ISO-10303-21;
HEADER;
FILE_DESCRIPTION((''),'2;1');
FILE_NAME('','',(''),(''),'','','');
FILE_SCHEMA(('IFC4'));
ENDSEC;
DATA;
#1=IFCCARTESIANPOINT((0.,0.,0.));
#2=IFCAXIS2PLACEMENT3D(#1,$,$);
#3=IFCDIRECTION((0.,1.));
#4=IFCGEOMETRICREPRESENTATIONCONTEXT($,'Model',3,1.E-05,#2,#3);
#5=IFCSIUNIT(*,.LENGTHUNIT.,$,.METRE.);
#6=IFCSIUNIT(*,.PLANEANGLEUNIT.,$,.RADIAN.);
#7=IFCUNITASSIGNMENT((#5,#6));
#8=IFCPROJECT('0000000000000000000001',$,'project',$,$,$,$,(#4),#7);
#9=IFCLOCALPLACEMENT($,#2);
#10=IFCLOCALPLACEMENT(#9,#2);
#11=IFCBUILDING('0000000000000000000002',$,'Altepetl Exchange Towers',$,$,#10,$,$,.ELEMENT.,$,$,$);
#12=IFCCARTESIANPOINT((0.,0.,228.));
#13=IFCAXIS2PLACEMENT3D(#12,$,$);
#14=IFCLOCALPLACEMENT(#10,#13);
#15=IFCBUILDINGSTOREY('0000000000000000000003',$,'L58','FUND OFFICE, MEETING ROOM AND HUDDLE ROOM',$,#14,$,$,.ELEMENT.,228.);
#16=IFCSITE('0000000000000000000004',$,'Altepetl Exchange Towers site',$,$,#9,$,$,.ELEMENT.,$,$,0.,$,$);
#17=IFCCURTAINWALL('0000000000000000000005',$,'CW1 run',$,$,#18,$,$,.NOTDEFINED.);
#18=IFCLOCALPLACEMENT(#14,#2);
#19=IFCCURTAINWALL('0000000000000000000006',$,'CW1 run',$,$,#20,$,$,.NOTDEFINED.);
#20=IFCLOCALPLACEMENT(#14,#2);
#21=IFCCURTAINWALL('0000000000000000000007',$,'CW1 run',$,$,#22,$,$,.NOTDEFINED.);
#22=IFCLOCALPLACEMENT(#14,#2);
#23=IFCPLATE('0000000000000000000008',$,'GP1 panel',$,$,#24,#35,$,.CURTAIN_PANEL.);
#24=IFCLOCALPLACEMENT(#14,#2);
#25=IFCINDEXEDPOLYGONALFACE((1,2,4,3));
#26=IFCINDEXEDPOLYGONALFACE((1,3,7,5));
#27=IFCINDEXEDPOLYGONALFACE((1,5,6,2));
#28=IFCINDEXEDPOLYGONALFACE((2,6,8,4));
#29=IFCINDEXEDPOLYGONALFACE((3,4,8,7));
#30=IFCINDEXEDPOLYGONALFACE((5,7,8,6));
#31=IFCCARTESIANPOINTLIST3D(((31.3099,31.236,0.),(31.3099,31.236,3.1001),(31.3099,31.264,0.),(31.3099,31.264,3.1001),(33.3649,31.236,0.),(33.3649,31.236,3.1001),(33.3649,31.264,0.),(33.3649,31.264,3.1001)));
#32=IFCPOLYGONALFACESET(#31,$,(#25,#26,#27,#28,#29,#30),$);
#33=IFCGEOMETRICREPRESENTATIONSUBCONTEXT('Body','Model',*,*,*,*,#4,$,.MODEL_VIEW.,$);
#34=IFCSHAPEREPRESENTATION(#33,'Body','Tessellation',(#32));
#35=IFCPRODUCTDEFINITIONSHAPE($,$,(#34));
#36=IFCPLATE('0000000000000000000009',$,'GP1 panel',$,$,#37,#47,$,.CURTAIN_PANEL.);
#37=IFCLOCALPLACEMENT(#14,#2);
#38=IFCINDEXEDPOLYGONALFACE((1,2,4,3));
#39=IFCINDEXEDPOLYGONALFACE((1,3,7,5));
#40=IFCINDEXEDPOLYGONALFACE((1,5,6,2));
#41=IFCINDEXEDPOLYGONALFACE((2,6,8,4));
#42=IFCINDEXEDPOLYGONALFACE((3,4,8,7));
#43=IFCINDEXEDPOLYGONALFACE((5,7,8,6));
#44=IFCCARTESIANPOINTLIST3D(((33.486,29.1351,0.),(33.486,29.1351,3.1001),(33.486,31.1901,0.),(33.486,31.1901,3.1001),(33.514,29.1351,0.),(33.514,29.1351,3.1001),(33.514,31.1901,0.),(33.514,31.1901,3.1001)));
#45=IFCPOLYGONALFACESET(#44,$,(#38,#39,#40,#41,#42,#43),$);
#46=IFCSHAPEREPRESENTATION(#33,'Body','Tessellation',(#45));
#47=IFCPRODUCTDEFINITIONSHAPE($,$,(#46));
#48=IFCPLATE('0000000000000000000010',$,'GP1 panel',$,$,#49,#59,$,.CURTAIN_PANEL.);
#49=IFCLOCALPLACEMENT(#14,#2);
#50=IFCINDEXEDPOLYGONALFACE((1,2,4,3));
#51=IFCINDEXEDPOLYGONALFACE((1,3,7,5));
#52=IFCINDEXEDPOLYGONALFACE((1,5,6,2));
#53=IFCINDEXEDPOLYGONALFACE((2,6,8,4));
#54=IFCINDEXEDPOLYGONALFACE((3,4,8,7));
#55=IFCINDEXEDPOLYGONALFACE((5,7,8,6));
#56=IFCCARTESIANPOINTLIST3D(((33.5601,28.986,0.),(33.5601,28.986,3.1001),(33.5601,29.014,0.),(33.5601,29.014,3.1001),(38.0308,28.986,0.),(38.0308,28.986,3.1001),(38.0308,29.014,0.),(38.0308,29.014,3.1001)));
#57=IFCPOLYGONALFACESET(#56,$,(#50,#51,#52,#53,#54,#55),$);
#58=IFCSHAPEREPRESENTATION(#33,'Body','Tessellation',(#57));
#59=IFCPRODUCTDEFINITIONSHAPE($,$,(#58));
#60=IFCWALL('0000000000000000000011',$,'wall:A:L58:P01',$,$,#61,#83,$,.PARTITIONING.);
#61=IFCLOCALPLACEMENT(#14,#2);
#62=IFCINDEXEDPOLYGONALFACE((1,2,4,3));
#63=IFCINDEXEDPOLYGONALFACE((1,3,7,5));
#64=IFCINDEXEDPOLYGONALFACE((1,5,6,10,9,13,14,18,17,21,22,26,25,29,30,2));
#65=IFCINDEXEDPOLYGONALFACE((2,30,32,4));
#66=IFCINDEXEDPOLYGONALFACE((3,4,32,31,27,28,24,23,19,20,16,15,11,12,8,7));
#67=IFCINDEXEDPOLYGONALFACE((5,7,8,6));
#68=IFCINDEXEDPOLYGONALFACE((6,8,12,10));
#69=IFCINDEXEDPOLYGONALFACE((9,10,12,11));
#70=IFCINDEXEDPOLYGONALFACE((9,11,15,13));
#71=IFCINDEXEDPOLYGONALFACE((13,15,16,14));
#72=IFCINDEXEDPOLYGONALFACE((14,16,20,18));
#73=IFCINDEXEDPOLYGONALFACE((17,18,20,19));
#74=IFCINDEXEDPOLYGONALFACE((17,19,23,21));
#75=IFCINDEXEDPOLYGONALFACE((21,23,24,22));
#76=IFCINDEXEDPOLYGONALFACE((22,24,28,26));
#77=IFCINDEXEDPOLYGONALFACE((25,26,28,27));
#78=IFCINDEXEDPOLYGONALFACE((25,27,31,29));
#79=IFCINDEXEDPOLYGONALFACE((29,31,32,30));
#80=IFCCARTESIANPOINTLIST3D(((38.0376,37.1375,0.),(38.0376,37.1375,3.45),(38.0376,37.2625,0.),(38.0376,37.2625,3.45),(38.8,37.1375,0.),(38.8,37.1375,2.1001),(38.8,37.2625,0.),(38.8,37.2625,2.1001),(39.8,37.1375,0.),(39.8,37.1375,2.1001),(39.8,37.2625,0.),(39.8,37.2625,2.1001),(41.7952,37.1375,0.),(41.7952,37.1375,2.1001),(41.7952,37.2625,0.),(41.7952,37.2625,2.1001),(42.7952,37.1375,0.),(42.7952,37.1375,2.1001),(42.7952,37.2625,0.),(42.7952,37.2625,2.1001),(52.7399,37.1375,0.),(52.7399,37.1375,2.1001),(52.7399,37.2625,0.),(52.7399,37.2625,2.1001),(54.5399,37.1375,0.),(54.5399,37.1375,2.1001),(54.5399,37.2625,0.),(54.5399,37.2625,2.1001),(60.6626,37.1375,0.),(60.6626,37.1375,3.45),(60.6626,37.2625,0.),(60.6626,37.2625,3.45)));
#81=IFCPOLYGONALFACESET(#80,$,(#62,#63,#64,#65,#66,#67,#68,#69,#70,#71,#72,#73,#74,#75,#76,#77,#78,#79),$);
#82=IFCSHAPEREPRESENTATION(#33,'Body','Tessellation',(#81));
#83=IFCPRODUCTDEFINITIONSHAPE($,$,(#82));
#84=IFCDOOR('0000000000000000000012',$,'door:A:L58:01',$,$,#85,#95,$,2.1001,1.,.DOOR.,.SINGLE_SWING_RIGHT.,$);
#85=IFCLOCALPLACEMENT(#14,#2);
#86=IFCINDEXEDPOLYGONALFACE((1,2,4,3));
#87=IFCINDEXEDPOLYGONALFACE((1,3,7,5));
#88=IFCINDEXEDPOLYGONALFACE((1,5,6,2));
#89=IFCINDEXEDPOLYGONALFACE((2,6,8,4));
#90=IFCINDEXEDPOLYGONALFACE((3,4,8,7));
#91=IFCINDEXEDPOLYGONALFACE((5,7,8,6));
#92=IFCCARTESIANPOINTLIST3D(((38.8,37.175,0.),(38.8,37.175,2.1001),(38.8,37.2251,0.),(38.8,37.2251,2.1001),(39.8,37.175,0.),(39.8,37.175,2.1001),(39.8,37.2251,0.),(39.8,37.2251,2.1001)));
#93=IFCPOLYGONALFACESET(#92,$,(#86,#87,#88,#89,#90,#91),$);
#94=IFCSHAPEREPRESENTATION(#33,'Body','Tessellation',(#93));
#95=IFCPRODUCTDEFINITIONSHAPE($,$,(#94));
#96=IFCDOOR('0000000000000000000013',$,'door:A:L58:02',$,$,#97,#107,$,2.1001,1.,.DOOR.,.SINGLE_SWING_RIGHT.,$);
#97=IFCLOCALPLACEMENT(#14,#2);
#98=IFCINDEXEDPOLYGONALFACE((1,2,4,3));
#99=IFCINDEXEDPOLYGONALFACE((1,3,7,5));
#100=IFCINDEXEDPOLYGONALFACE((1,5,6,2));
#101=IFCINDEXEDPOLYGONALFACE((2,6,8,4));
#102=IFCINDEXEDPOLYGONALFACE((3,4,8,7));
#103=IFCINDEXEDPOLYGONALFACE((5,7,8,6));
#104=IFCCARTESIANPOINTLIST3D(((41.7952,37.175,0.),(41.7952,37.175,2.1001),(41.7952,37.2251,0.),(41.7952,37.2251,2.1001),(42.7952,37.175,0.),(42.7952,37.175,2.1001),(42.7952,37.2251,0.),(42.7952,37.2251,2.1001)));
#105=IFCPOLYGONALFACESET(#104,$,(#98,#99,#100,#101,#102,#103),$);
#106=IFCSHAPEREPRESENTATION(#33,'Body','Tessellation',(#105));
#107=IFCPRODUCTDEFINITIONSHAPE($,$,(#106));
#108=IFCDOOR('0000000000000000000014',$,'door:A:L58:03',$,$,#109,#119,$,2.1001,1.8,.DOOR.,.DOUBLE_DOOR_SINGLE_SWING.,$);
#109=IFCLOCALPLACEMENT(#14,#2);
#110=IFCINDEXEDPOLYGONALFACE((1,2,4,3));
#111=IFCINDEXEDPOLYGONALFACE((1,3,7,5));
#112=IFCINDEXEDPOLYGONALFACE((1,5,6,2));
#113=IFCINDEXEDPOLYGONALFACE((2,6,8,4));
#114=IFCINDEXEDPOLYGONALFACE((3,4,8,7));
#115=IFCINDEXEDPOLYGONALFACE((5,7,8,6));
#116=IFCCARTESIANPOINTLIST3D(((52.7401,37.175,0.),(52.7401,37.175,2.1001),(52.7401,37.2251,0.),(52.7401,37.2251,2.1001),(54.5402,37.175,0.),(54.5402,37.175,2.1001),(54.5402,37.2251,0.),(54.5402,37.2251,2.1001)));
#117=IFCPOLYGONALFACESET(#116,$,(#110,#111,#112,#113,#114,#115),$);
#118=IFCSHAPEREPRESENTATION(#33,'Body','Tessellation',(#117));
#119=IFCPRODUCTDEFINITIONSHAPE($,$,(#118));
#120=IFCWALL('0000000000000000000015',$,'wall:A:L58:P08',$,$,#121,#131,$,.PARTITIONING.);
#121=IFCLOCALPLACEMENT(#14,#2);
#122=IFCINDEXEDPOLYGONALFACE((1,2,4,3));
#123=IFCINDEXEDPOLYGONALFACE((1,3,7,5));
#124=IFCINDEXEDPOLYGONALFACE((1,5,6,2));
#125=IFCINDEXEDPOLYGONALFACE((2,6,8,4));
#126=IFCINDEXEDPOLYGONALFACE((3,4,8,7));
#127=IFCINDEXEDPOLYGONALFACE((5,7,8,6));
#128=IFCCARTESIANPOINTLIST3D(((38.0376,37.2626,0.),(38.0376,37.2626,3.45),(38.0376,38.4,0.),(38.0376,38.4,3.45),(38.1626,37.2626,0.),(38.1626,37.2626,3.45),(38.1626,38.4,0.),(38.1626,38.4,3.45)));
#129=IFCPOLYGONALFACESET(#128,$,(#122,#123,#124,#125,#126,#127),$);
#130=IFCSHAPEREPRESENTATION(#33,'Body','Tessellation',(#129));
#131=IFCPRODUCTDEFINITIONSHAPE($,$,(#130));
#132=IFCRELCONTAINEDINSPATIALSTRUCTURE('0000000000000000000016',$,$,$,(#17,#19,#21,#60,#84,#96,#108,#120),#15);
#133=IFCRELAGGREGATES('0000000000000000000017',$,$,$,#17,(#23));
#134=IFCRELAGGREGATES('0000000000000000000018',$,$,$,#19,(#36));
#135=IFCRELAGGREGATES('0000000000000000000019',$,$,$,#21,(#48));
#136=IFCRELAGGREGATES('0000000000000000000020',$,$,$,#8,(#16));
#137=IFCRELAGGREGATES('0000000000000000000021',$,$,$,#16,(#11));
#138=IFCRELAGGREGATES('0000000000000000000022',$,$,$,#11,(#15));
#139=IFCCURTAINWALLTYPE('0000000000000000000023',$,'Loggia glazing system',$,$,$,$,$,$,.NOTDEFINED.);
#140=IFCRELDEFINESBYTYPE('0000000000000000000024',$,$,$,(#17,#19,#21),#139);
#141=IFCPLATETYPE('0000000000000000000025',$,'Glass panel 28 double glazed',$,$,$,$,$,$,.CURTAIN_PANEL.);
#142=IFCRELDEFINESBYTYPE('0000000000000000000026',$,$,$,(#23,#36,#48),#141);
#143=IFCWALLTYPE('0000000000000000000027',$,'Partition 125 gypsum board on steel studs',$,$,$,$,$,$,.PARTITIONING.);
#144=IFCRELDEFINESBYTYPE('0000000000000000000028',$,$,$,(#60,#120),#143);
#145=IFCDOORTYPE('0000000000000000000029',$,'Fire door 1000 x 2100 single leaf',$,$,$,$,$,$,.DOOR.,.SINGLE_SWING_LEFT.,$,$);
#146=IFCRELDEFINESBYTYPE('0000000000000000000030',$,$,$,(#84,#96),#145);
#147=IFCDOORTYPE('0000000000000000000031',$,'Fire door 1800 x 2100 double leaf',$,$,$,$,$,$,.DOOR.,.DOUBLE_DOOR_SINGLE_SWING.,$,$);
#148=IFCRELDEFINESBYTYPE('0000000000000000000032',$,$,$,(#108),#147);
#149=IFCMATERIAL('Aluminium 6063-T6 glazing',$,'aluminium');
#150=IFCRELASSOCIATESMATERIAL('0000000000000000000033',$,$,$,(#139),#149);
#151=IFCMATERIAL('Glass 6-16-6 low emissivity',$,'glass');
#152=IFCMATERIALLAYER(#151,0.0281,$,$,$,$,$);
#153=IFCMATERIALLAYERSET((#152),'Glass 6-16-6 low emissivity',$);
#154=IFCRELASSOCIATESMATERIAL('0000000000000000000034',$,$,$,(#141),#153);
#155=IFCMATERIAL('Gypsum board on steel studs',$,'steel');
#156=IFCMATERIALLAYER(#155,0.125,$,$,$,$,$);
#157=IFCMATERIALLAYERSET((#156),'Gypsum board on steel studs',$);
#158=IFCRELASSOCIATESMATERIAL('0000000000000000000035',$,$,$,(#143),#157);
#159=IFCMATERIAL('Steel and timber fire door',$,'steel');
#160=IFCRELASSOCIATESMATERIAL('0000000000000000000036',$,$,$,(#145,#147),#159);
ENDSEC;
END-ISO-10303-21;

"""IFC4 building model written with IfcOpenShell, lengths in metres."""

from ifc_helpers import new_model, si_unit, direction, frame, frame_2d, origin, origin_2d, place, context, subcontext, project, spatial, rectangle, extrude, material, layer, layer_set, type_object, element, fill, aggregate, save


model = new_model("IFC4")

# Units and contexts
model_context = context("Model", 3, precision=1e-05, world=origin(), true_north=direction((0.0, 1.0)))
body_context = subcontext(model_context, "Body", "Model", "MODEL_VIEW")
ifc_project = project(units=[si_unit("LENGTHUNIT", "METRE"), si_unit("PLANEANGLEUNIT", "RADIAN")], contexts=[model_context])

# Site, building, storey
site_placement = place(None, origin())
site = spatial("IfcSite", under=ifc_project, at=site_placement, Name="Altepetl Exchange Towers site", CompositionType="ELEMENT", RefElevation=0.0)
building_placement = place(site_placement, origin())
building = spatial("IfcBuilding", under=site, at=building_placement, Name="Altepetl Exchange Towers", CompositionType="ELEMENT")
storey_placement = place(building_placement, frame((0.0, 0.0, 228.0)))
storey = spatial("IfcBuildingStorey", under=building, at=storey_placement, Name="L58", Description="FUND OFFICE, MEETING ROOM AND HUDDLE ROOM", CompositionType="ELEMENT", Elevation=228.0)

# Curtain wall
ifc_material_1 = material(Name="Aluminium 6063-T6 glazing", Category="aluminium")
curtain_wall_type = type_object("IfcCurtainWallType", Name="Loggia glazing system", PredefinedType="NOTDEFINED", material=ifc_material_1)
curtain_wall_1_placement = place(storey_placement, origin())
curtain_wall_1 = element("IfcCurtainWall", 1, at=curtain_wall_1_placement, inside=storey, type_object=curtain_wall_type, Name="CW1 run", PredefinedType="NOTDEFINED")

# Curtain walls
curtain_wall_2_placement = place(storey_placement, origin())
curtain_wall_2 = element("IfcCurtainWall", 2, at=curtain_wall_2_placement, inside=storey, type_object=curtain_wall_type, Name="CW1 run", PredefinedType="NOTDEFINED")
curtain_wall_3_placement = place(storey_placement, origin())
curtain_wall_3 = element("IfcCurtainWall", 3, at=curtain_wall_3_placement, inside=storey, type_object=curtain_wall_type, Name="CW1 run", PredefinedType="NOTDEFINED")

# Plates
ifc_material_2 = material(Name="Glass 6-16-6 low emissivity", Category="glass")
ifc_layer_1 = layer(ifc_material_2, 0.0281)
ifc_layer_set_1 = layer_set([ifc_layer_1], Name="Glass 6-16-6 low emissivity")
plate_type = type_object("IfcPlateType", Name="Glass panel 28 double glazed", PredefinedType="CURTAIN_PANEL", material=ifc_layer_set_1)
plate_1_placement = place(storey_placement, frame((32.3374, 31.25, 0.0)))
plate_1 = element("IfcPlate", 4, at=plate_1_placement, type_object=plate_type, Name="GP1 panel", PredefinedType="CURTAIN_PANEL", context=body_context, shape_type="SweptSolid", body=[
    extrude(rectangle(XDim=2.0549, YDim=0.0281, at=origin_2d()), origin(), (0.0, 0.0, 1.0), 3.1001),
])
aggregate(curtain_wall_1, [plate_1])
plate_2_placement = place(storey_placement, frame((33.5, 30.1626, 0.0), z_axis=(0.0, 0.0, 1.0), x_axis=(0.0, -1.0, 0.0)))
plate_2 = element("IfcPlate", 5, at=plate_2_placement, type_object=plate_type, Name="GP1 panel", PredefinedType="CURTAIN_PANEL", context=body_context, shape_type="SweptSolid", body=[
    extrude(rectangle(XDim=2.0549, YDim=0.0281, at=origin_2d()), origin(), (0.0, 0.0, 1.0), 3.1001),
])
aggregate(curtain_wall_2, [plate_2])
plate_3_placement = place(storey_placement, frame((35.7954, 29.0, 0.0)))
plate_3 = element("IfcPlate", 6, at=plate_3_placement, type_object=plate_type, Name="GP1 panel", PredefinedType="CURTAIN_PANEL", context=body_context, shape_type="SweptSolid", body=[
    extrude(rectangle(XDim=4.4707, YDim=0.0281, at=origin_2d()), origin(), (0.0, 0.0, 1.0), 3.1001),
])
aggregate(curtain_wall_3, [plate_3])

# Wall, openings, doors
ifc_material_3 = material(Name="Gypsum board on steel studs", Category="steel")
ifc_layer_2 = layer(ifc_material_3, 0.125)
ifc_layer_set_2 = layer_set([ifc_layer_2], Name="Gypsum board on steel studs")
wall_type = type_object("IfcWallType", Name="Partition 125 gypsum board on steel studs", PredefinedType="PARTITIONING", material=ifc_layer_set_2)
wall_1_placement = place(storey_placement, frame((38.0376, 37.2, 0.0)))
wall_1 = element("IfcWall", 7, at=wall_1_placement, inside=storey, type_object=wall_type, Name="wall:A:L58:P01", PredefinedType="PARTITIONING", context=body_context, shape_type="SweptSolid", body=[
    extrude(rectangle(XDim=22.625, YDim=0.125, at=frame_2d((11.3125, 0.0))), origin(), (0.0, 0.0, 1.0), 3.45),
])
opening_1_placement = place(wall_1_placement, frame((0.7625, 0.0, 0.0)))
opening_1 = element("IfcOpeningElement", 8, at=opening_1_placement, cuts=wall_1, PredefinedType="OPENING", context=body_context, shape_type="SweptSolid", body=[
    extrude(rectangle(XDim=1.0, YDim=2.1001, at=frame_2d((0.5, 1.05))), frame((0.0, 0.0725, 0.0), z_axis=(0.0, -1.0, 0.0), x_axis=(1.0, 0.0, 0.0)), (0.0, 0.0, 1.0), 0.145),
])
opening_2_placement = place(wall_1_placement, frame((3.7576, 0.0, 0.0)))
opening_2 = element("IfcOpeningElement", 9, at=opening_2_placement, cuts=wall_1, PredefinedType="OPENING", context=body_context, shape_type="SweptSolid", body=[
    extrude(rectangle(XDim=1.0, YDim=2.1001, at=frame_2d((0.5, 1.05))), frame((0.0, 0.0725, 0.0), z_axis=(0.0, -1.0, 0.0), x_axis=(1.0, 0.0, 0.0)), (0.0, 0.0, 1.0), 0.145),
])
opening_3_placement = place(wall_1_placement, frame((14.7024, 0.0, 0.0)))
opening_3 = element("IfcOpeningElement", 10, at=opening_3_placement, cuts=wall_1, PredefinedType="OPENING", context=body_context, shape_type="SweptSolid", body=[
    extrude(rectangle(XDim=1.8, YDim=2.1001, at=frame_2d((0.8999, 1.05))), frame((0.0, 0.0725, 0.0), z_axis=(0.0, -1.0, 0.0), x_axis=(1.0, 0.0, 0.0)), (0.0, 0.0, 1.0), 0.145),
])
ifc_material_4 = material(Name="Steel and timber fire door", Category="steel")
door_type_1 = type_object("IfcDoorType", Name="Fire door 1000 x 2100 single leaf", OperationType="SINGLE_SWING_LEFT", PredefinedType="DOOR", material=ifc_material_4)
door_1_placement = place(opening_1_placement, frame((1.0, 0.0, 0.0), x_axis=(-1.0, 0.0, 0.0)))
door_1 = element("IfcDoor", 11, at=door_1_placement, inside=storey, type_object=door_type_1, Name="door:A:L58:01", OperationType="SINGLE_SWING_RIGHT", OverallHeight=2.1001, OverallWidth=1.0, PredefinedType="DOOR", context=body_context, shape_type="SweptSolid", body=[
    extrude(rectangle(XDim=1.0, YDim=2.1001, at=frame_2d((0.5, 1.05))), frame((0.0, 0.0249, 0.0), z_axis=(0.0, -1.0, 0.0), x_axis=(1.0, 0.0, 0.0)), (0.0, 0.0, 1.0), 0.05),
])
fill(opening_1, door_1)
door_2_placement = place(opening_2_placement, frame((1.0, 0.0, 0.0), x_axis=(-1.0, 0.0, 0.0)))
door_2 = element("IfcDoor", 12, at=door_2_placement, inside=storey, type_object=door_type_1, Name="door:A:L58:02", OperationType="SINGLE_SWING_RIGHT", OverallHeight=2.1001, OverallWidth=1.0, PredefinedType="DOOR", context=body_context, shape_type="SweptSolid", body=[
    extrude(rectangle(XDim=1.0, YDim=2.1001, at=frame_2d((0.5, 1.05))), frame((0.0, 0.0249, 0.0), z_axis=(0.0, -1.0, 0.0), x_axis=(1.0, 0.0, 0.0)), (0.0, 0.0, 1.0), 0.05),
])
fill(opening_2, door_2)
door_type_2 = type_object("IfcDoorType", Name="Fire door 1800 x 2100 double leaf", OperationType="DOUBLE_DOOR_SINGLE_SWING", PredefinedType="DOOR", material=ifc_material_4)
door_3_placement = place(opening_3_placement, frame((1.8, 0.0, 0.0), x_axis=(-1.0, 0.0, 0.0)))
door_3 = element("IfcDoor", 13, at=door_3_placement, inside=storey, type_object=door_type_2, Name="door:A:L58:03", OperationType="DOUBLE_DOOR_SINGLE_SWING", OverallHeight=2.1001, OverallWidth=1.8, PredefinedType="DOOR", context=body_context, shape_type="SweptSolid", body=[
    extrude(rectangle(XDim=1.8, YDim=2.1001, at=frame_2d((0.8999, 1.05))), frame((0.0, 0.0249, 0.0), z_axis=(0.0, -1.0, 0.0), x_axis=(1.0, 0.0, 0.0)), (0.0, 0.0, 1.0), 0.05),
])
fill(opening_3, door_3)

# Wall
wall_2_placement = place(storey_placement, frame((38.1001, 37.2625, 0.0), z_axis=(0.0, 0.0, 1.0), x_axis=(0.0, 1.0, 0.0)))
element("IfcWall", 14, at=wall_2_placement, inside=storey, type_object=wall_type, Name="wall:A:L58:P08", PredefinedType="PARTITIONING", context=body_context, shape_type="SweptSolid", body=[
    extrude(rectangle(XDim=1.1375, YDim=0.125, at=frame_2d((0.5688, 0.0))), origin(), (0.0, 0.0, 1.0), 3.45),
])

save(model, "model.ifc")
